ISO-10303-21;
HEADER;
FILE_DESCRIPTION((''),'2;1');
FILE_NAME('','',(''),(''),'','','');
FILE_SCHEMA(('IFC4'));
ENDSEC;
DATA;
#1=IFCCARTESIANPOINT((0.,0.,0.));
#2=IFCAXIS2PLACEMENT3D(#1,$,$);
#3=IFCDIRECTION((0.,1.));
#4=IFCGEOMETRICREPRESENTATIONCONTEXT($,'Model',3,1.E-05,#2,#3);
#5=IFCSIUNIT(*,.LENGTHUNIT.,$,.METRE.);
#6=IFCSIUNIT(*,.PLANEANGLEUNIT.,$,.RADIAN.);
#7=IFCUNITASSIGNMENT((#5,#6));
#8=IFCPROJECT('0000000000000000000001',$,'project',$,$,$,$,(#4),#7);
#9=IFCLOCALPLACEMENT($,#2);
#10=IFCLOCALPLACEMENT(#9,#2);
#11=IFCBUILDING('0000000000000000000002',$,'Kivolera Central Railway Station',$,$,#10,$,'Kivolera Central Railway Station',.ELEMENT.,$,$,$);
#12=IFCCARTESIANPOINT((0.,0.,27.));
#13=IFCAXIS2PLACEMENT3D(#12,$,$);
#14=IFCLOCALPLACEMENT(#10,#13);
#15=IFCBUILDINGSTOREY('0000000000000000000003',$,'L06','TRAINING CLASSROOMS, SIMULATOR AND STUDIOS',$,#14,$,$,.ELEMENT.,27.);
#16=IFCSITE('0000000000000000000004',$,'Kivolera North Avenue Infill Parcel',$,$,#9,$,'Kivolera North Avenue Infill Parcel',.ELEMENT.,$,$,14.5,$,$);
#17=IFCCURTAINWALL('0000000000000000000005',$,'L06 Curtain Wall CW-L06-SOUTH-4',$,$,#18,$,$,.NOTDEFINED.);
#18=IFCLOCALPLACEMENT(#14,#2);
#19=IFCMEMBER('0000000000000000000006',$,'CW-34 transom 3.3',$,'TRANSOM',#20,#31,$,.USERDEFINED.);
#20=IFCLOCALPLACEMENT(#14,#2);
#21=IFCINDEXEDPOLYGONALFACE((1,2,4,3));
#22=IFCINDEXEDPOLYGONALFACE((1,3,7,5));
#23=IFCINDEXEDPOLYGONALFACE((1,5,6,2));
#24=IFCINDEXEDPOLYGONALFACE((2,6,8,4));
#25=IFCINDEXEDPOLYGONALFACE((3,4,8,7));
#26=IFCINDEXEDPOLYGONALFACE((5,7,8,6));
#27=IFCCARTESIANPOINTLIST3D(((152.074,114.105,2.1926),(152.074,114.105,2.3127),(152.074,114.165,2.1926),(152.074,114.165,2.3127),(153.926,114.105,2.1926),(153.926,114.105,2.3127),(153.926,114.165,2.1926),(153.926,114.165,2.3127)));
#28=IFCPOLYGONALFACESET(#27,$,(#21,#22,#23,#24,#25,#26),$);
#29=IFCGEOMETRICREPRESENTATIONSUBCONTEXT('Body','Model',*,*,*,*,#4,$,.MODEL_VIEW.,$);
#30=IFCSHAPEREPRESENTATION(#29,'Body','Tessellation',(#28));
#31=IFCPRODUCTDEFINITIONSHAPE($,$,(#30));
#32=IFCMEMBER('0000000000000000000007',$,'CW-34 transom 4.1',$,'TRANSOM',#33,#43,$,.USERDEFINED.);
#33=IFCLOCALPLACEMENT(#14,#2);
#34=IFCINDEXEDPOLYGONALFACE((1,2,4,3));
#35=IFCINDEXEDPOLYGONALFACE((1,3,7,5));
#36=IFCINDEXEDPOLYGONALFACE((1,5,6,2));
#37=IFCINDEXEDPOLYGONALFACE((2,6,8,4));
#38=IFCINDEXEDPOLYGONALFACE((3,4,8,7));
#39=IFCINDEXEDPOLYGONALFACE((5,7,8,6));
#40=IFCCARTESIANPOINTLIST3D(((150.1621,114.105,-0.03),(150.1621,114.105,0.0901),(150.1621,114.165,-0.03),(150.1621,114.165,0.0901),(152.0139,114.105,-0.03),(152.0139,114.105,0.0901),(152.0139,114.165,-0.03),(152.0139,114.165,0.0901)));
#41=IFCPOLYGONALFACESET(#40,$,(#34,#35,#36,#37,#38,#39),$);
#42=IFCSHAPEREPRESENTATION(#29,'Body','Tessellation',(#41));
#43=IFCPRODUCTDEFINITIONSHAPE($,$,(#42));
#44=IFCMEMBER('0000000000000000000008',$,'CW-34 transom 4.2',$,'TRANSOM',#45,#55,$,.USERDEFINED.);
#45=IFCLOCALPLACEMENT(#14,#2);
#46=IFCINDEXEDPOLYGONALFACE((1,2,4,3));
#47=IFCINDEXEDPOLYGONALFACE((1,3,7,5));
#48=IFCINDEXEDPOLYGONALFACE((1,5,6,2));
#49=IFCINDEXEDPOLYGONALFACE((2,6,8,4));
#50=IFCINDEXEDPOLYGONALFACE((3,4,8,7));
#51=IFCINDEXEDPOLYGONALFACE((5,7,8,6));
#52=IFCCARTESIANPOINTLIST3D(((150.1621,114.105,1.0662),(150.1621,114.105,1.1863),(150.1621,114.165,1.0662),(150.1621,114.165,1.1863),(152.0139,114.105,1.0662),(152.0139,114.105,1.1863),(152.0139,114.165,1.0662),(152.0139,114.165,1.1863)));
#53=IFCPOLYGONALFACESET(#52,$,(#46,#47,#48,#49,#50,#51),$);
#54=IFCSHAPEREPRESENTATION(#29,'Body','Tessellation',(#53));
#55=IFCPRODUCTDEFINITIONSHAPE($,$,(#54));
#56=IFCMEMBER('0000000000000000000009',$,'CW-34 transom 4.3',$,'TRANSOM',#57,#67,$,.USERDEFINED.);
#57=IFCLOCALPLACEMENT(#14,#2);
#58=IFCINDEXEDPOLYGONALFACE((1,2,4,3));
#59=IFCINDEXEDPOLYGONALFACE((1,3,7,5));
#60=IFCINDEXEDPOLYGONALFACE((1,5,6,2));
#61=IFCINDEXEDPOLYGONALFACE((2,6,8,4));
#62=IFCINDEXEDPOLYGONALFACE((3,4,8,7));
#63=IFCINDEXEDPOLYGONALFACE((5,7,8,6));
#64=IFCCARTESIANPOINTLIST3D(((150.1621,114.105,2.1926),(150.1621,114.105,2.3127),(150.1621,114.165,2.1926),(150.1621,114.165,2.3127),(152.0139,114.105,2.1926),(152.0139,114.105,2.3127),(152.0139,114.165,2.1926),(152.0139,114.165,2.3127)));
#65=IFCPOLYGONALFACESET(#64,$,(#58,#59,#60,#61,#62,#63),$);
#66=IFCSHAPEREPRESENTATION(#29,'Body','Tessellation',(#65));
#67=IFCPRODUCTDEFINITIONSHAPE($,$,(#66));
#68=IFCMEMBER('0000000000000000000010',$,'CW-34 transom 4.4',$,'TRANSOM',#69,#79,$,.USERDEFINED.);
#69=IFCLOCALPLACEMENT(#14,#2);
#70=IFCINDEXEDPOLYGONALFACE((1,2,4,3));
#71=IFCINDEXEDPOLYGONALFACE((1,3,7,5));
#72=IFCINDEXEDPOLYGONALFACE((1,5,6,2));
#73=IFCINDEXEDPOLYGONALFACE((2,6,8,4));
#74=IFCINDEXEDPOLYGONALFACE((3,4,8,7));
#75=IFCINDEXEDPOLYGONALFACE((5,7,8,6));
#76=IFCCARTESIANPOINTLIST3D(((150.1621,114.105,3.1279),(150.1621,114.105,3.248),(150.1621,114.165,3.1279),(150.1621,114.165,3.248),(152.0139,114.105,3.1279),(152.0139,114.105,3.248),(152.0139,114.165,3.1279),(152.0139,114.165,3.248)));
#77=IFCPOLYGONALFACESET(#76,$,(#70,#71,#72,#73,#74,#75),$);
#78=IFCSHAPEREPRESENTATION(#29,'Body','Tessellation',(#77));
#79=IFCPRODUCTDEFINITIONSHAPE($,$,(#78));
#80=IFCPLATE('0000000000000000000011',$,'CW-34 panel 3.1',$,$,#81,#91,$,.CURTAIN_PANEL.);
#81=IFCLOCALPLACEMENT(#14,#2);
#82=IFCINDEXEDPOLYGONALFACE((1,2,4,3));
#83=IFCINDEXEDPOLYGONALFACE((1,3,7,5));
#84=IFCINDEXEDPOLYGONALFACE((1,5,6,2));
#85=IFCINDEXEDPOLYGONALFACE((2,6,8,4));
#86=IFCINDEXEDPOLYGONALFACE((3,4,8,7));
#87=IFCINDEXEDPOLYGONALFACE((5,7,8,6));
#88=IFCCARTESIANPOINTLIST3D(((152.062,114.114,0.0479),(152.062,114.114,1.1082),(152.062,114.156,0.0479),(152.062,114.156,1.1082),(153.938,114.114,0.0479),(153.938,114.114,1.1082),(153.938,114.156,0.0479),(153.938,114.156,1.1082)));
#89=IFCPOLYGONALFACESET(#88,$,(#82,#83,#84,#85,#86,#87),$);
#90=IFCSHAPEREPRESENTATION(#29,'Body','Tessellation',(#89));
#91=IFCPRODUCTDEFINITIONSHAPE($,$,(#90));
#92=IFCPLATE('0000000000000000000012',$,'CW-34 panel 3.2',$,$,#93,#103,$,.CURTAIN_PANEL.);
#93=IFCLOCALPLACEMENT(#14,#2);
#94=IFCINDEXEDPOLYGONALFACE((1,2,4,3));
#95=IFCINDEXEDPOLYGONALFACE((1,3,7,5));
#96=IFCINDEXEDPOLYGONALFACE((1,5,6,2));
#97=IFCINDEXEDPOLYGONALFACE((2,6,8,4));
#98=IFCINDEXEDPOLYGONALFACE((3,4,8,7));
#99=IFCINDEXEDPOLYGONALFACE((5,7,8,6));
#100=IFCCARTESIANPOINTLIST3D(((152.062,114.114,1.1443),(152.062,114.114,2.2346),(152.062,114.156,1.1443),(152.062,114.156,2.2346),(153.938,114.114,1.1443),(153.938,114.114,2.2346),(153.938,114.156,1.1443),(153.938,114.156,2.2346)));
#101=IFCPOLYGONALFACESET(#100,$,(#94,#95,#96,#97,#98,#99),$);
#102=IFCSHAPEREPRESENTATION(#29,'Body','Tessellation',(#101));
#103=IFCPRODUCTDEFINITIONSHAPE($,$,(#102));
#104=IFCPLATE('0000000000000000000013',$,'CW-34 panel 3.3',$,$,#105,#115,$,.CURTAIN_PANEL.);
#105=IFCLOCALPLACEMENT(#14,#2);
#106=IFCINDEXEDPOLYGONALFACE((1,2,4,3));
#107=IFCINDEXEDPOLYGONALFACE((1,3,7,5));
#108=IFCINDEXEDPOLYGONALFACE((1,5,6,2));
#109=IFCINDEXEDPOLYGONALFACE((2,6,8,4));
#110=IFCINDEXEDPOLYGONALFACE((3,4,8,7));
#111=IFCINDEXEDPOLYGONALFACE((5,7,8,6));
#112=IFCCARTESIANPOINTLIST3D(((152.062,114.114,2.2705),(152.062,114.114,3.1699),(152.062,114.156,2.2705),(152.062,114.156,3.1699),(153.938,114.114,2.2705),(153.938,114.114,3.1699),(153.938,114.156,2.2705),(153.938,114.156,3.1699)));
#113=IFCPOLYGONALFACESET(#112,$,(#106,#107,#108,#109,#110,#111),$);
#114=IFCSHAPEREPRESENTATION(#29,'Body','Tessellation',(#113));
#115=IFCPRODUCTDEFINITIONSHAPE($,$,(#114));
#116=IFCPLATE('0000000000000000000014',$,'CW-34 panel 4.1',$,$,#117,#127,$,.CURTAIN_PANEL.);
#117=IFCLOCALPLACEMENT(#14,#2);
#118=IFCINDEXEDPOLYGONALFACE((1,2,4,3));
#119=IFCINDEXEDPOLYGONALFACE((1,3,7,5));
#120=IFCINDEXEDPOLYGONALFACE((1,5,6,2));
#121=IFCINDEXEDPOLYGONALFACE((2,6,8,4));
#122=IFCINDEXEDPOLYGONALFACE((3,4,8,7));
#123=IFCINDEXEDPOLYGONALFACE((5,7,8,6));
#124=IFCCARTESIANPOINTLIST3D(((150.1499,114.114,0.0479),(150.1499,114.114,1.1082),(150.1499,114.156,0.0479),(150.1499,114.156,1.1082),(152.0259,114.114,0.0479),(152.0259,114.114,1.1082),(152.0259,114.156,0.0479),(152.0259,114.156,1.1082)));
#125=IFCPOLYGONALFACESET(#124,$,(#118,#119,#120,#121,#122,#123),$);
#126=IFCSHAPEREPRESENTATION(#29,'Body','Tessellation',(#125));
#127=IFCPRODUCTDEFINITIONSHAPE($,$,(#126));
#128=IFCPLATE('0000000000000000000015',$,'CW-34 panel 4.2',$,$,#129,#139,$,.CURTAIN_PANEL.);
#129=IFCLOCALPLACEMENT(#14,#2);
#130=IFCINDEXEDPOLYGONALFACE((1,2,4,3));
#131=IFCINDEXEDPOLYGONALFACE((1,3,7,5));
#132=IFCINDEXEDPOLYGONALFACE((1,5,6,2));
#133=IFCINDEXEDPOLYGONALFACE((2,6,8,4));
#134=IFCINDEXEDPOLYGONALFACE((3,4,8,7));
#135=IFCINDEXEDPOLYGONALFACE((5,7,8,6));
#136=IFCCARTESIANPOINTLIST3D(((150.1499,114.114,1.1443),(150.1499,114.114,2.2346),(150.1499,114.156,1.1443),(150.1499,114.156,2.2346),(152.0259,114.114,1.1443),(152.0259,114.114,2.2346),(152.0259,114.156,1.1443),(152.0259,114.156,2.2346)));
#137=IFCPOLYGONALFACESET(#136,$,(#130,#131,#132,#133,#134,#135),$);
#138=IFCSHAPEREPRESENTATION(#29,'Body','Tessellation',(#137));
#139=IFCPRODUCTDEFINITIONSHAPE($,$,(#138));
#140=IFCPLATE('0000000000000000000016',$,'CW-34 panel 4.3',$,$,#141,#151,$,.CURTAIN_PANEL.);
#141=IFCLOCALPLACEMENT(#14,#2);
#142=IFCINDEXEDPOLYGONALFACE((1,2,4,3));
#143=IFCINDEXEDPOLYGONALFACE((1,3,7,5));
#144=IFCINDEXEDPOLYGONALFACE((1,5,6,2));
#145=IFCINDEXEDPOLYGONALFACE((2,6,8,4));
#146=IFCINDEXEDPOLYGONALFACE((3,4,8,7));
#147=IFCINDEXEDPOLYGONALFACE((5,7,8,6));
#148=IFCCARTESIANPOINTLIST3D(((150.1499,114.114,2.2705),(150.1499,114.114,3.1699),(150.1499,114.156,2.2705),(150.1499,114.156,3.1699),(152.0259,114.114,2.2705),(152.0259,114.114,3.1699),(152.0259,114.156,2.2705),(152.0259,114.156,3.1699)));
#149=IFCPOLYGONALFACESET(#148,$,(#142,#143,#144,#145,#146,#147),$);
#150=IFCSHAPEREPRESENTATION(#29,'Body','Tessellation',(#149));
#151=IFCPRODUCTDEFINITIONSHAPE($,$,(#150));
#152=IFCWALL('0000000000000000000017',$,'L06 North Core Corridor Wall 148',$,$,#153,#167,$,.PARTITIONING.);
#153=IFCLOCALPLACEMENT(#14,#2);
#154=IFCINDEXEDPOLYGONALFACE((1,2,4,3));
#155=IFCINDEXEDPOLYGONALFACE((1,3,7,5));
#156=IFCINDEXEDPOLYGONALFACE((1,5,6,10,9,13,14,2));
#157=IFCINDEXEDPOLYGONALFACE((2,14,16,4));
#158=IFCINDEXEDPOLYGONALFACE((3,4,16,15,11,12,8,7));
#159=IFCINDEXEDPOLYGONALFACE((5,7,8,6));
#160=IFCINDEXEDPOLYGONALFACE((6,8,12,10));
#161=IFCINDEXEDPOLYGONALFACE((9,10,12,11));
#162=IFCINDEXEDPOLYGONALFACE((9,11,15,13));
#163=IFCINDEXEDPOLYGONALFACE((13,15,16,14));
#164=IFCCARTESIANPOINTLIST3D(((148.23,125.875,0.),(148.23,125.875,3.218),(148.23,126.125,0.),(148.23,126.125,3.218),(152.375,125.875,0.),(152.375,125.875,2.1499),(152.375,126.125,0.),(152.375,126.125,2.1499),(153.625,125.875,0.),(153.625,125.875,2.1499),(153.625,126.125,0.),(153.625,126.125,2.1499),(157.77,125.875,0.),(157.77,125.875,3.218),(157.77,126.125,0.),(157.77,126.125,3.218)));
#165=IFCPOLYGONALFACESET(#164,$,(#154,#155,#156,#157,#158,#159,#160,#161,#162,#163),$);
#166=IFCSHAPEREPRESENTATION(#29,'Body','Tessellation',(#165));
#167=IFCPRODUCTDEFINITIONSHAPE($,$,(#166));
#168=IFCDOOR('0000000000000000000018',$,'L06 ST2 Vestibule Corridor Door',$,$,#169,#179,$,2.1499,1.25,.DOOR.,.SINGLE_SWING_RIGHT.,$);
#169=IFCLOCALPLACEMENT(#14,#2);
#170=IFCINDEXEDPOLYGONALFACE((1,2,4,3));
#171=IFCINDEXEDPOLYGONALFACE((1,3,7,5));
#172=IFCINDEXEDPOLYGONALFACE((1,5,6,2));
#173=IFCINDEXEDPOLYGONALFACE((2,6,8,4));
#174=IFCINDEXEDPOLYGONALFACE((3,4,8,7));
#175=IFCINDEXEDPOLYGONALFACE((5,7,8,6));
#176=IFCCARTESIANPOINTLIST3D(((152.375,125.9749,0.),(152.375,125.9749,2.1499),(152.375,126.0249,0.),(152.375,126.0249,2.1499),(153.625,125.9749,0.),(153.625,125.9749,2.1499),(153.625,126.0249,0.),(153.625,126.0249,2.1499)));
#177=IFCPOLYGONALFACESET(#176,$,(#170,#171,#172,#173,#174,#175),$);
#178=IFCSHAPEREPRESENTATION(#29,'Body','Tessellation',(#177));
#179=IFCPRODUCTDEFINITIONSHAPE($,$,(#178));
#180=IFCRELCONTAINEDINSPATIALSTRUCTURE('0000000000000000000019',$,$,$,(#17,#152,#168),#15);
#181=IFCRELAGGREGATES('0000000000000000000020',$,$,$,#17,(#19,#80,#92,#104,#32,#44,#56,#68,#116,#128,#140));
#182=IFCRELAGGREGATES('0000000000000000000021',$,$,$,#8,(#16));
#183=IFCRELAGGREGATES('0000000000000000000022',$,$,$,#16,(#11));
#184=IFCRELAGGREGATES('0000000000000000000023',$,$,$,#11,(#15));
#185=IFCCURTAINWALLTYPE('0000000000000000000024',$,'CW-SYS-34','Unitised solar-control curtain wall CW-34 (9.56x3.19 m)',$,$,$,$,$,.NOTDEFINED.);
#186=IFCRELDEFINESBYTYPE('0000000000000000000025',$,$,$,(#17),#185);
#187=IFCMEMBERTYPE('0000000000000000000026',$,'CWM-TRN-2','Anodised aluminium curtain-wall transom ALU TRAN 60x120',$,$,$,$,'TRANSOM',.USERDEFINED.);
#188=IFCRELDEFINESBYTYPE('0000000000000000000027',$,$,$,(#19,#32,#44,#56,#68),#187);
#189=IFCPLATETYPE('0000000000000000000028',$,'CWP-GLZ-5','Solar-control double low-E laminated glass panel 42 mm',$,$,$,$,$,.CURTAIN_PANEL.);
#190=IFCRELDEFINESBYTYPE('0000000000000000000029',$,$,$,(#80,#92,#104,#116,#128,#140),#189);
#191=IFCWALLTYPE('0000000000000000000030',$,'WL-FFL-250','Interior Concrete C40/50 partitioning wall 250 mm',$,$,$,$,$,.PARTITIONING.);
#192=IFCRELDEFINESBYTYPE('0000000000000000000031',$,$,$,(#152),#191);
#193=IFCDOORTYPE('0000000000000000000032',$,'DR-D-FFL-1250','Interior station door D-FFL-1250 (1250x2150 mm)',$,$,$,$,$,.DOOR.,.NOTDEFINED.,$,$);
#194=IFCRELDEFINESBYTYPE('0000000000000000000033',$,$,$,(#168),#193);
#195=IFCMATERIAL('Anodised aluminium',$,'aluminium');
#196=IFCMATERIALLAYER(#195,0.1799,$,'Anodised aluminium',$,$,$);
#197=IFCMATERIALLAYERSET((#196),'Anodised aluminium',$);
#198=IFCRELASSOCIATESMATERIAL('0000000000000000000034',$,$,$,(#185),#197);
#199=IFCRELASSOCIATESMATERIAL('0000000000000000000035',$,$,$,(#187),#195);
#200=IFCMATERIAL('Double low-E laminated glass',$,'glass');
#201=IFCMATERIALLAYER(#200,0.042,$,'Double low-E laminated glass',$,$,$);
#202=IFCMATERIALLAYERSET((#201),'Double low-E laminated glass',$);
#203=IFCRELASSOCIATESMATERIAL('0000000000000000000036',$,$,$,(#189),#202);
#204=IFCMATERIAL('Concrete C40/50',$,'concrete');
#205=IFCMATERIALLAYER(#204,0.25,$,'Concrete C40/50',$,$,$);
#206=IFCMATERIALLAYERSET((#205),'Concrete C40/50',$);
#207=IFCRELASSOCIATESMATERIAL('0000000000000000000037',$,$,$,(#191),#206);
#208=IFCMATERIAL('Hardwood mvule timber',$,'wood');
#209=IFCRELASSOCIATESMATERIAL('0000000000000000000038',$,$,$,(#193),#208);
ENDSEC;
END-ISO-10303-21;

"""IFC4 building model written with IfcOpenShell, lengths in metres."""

from ifc_helpers import new_model, si_unit, direction, frame, frame_2d, origin, origin_2d, place, context, subcontext, project, spatial, rectangle, extrude, material, layer, layer_set, material_profile, profile_set, type_object, element, fill, aggregate, save


model = new_model("IFC4")

# Units and contexts
model_context = context("Model", 3, precision=1e-05, world=origin(), true_north=direction((0.0, 1.0)))
body_context = subcontext(model_context, "Body", "Model", "MODEL_VIEW")
ifc_project = project(units=[si_unit("LENGTHUNIT", "METRE"), si_unit("PLANEANGLEUNIT", "RADIAN")], contexts=[model_context])

# Site, building, storey
site_placement = place(None, origin())
site = spatial("IfcSite", under=ifc_project, at=site_placement, Name="Kivolera North Avenue Infill Parcel", LongName="Kivolera North Avenue Infill Parcel", CompositionType="ELEMENT", RefElevation=14.5)
building_placement = place(site_placement, origin())
building = spatial("IfcBuilding", under=site, at=building_placement, Name="Kivolera Central Railway Station", LongName="Kivolera Central Railway Station", CompositionType="ELEMENT")
storey_placement = place(building_placement, frame((0.0, 0.0, 27.0)))
storey = spatial("IfcBuildingStorey", under=building, at=storey_placement, Name="L06", Description="TRAINING CLASSROOMS, SIMULATOR AND STUDIOS", CompositionType="ELEMENT", Elevation=27.0)

# Shared definitions
ifc_material_1 = material(Name="Concrete C40/50", Category="concrete")

# Curtain wall, members, plates
ifc_material_2 = material(Name="Anodised aluminium", Category="aluminium")
ifc_layer_1 = layer(ifc_material_2, 0.1799, Name="Anodised aluminium")
ifc_layer_set_1 = layer_set([ifc_layer_1], Name="Anodised aluminium")
curtain_wall_type = type_object("IfcCurtainWallType", Name="CW-SYS-34", Description="Unitised solar-control curtain wall CW-34 (9.56x3.19 m)", PredefinedType="NOTDEFINED", material=ifc_layer_set_1)
curtain_wall_placement = place(storey_placement, origin())
curtain_wall = element("IfcCurtainWall", 1, at=curtain_wall_placement, inside=storey, type_object=curtain_wall_type, Name="L06 Curtain Wall CW-L06-SOUTH-4", PredefinedType="NOTDEFINED")
ifc_material_profile_1 = material_profile(ifc_material_2, rectangle(XDim=0.0601, YDim=0.1201, at=origin_2d()), Name="ALU TRAN 60x120")
ifc_profile_set_1 = profile_set([ifc_material_profile_1], Name="Anodised aluminium")
member_type_1 = type_object("IfcMemberType", Name="CWM-TRN-2", Description="Anodised aluminium curtain-wall transom ALU TRAN 60x120", ElementType="TRANSOM", PredefinedType="USERDEFINED", material=ifc_profile_set_1)
member_1_placement = place(storey_placement, frame((153.926, 114.135, 2.2527), z_axis=(-1.0, 0.0, 0.0), x_axis=(0.0, -1.0, 0.0)))
member_1 = element("IfcMember", 2, at=member_1_placement, type_object=member_type_1, Name="CW-34 transom 3.3", ObjectType="TRANSOM", PredefinedType="USERDEFINED", context=body_context, shape_type="SweptSolid", body=[
    extrude(rectangle(XDim=0.0601, YDim=0.1201, at=origin_2d()), origin(), (0.0, 0.0, 1.0), 1.8521),
])
member_2_placement = place(storey_placement, frame((152.0139, 114.135, 0.03), z_axis=(-1.0, 0.0, 0.0), x_axis=(0.0, -1.0, 0.0)))
member_2 = element("IfcMember", 3, at=member_2_placement, type_object=member_type_1, Name="CW-34 transom 4.1", ObjectType="TRANSOM", PredefinedType="USERDEFINED", context=body_context, shape_type="SweptSolid", body=[
    extrude(rectangle(XDim=0.0601, YDim=0.1201, at=origin_2d()), origin(), (0.0, 0.0, 1.0), 1.8518),
])
member_3_placement = place(storey_placement, frame((152.0139, 114.135, 1.1262), z_axis=(-1.0, 0.0, 0.0), x_axis=(0.0, -1.0, 0.0)))
member_3 = element("IfcMember", 4, at=member_3_placement, type_object=member_type_1, Name="CW-34 transom 4.2", ObjectType="TRANSOM", PredefinedType="USERDEFINED", context=body_context, shape_type="SweptSolid", body=[
    extrude(rectangle(XDim=0.0601, YDim=0.1201, at=origin_2d()), origin(), (0.0, 0.0, 1.0), 1.8518),
])
member_4_placement = place(storey_placement, frame((152.0139, 114.135, 2.2527), z_axis=(-1.0, 0.0, 0.0), x_axis=(0.0, -1.0, 0.0)))
member_4 = element("IfcMember", 5, at=member_4_placement, type_object=member_type_1, Name="CW-34 transom 4.3", ObjectType="TRANSOM", PredefinedType="USERDEFINED", context=body_context, shape_type="SweptSolid", body=[
    extrude(rectangle(XDim=0.0601, YDim=0.1201, at=origin_2d()), origin(), (0.0, 0.0, 1.0), 1.8518),
])
member_5_placement = place(storey_placement, frame((152.0139, 114.135, 3.188), z_axis=(-1.0, 0.0, 0.0), x_axis=(0.0, -1.0, 0.0)))
member_5 = element("IfcMember", 6, at=member_5_placement, type_object=member_type_1, Name="CW-34 transom 4.4", ObjectType="TRANSOM", PredefinedType="USERDEFINED", context=body_context, shape_type="SweptSolid", body=[
    extrude(rectangle(XDim=0.0601, YDim=0.1201, at=origin_2d()), origin(), (0.0, 0.0, 1.0), 1.8518),
])
ifc_material_3 = material(Name="Double low-E laminated glass", Category="glass")
ifc_layer_2 = layer(ifc_material_3, 0.042, Name="Double low-E laminated glass")
ifc_layer_set_2 = layer_set([ifc_layer_2], Name="Double low-E laminated glass")
plate_type = type_object("IfcPlateType", Name="CWP-GLZ-5", Description="Solar-control double low-E laminated glass panel 42 mm", PredefinedType="CURTAIN_PANEL", material=ifc_layer_set_2)
plate_1_placement = place(storey_placement, frame((153.0, 114.135, 0.0479), z_axis=(0.0, 0.0, 1.0), x_axis=(-1.0, 0.0, 0.0)))
plate_1 = element("IfcPlate", 7, at=plate_1_placement, type_object=plate_type, Name="CW-34 panel 3.1", PredefinedType="CURTAIN_PANEL", context=body_context, shape_type="SweptSolid", body=[
    extrude(rectangle(XDim=1.876, YDim=0.042, at=origin_2d()), origin(), (0.0, 0.0, 1.0), 1.0603),
])
plate_2_placement = place(storey_placement, frame((153.0, 114.135, 1.1443), z_axis=(0.0, 0.0, 1.0), x_axis=(-1.0, 0.0, 0.0)))
plate_2 = element("IfcPlate", 8, at=plate_2_placement, type_object=plate_type, Name="CW-34 panel 3.2", PredefinedType="CURTAIN_PANEL", context=body_context, shape_type="SweptSolid", body=[
    extrude(rectangle(XDim=1.876, YDim=0.042, at=origin_2d()), origin(), (0.0, 0.0, 1.0), 1.0903),
])
plate_3_placement = place(storey_placement, frame((153.0, 114.135, 2.2705), z_axis=(0.0, 0.0, 1.0), x_axis=(-1.0, 0.0, 0.0)))
plate_3 = element("IfcPlate", 9, at=plate_3_placement, type_object=plate_type, Name="CW-34 panel 3.3", PredefinedType="CURTAIN_PANEL", context=body_context, shape_type="SweptSolid", body=[
    extrude(rectangle(XDim=1.876, YDim=0.042, at=origin_2d()), origin(), (0.0, 0.0, 1.0), 0.8994),
])
plate_4_placement = place(storey_placement, frame((151.0879, 114.135, 0.0479), z_axis=(0.0, 0.0, 1.0), x_axis=(-1.0, 0.0, 0.0)))
plate_4 = element("IfcPlate", 10, at=plate_4_placement, type_object=plate_type, Name="CW-34 panel 4.1", PredefinedType="CURTAIN_PANEL", context=body_context, shape_type="SweptSolid", body=[
    extrude(rectangle(XDim=1.876, YDim=0.042, at=origin_2d()), origin(), (0.0, 0.0, 1.0), 1.0603),
])
plate_5_placement = place(storey_placement, frame((151.0879, 114.135, 1.1443), z_axis=(0.0, 0.0, 1.0), x_axis=(-1.0, 0.0, 0.0)))
plate_5 = element("IfcPlate", 11, at=plate_5_placement, type_object=plate_type, Name="CW-34 panel 4.2", PredefinedType="CURTAIN_PANEL", context=body_context, shape_type="SweptSolid", body=[
    extrude(rectangle(XDim=1.876, YDim=0.042, at=origin_2d()), origin(), (0.0, 0.0, 1.0), 1.0903),
])
plate_6_placement = place(storey_placement, frame((151.0879, 114.135, 2.2705), z_axis=(0.0, 0.0, 1.0), x_axis=(-1.0, 0.0, 0.0)))
plate_6 = element("IfcPlate", 12, at=plate_6_placement, type_object=plate_type, Name="CW-34 panel 4.3", PredefinedType="CURTAIN_PANEL", context=body_context, shape_type="SweptSolid", body=[
    extrude(rectangle(XDim=1.876, YDim=0.042, at=origin_2d()), origin(), (0.0, 0.0, 1.0), 0.8994),
])
aggregate(curtain_wall, [member_1, plate_1, plate_2, plate_3, member_2, member_3, member_4, member_5, plate_4, plate_5, plate_6])

# Wall, opening, door
ifc_layer_3 = layer(ifc_material_1, 0.25, Name="Concrete C40/50")
ifc_layer_set_3 = layer_set([ifc_layer_3], Name="Concrete C40/50")
wall_type_1 = type_object("IfcWallType", Name="WL-FFL-250", Description="Interior Concrete C40/50 partitioning wall 250 mm", PredefinedType="PARTITIONING", material=ifc_layer_set_3)
wall_1_placement = place(storey_placement, frame((148.23, 126.0, 0.0), z_axis=(0.0, 0.0, 1.0), x_axis=(1.0, 0.0, 0.0)))
wall_1 = element("IfcWall", 13, at=wall_1_placement, inside=storey, type_object=wall_type_1, Name="L06 North Core Corridor Wall 148", PredefinedType="PARTITIONING", context=body_context, shape_type="SweptSolid", body=[
    extrude(rectangle(XDim=9.54, YDim=0.25, at=frame_2d((4.77, 0.0))), origin(), (0.0, 0.0, 1.0), 3.218),
])
opening_placement = place(wall_1_placement, frame((4.145, 0.0, 0.0)))
opening = element("IfcOpeningElement", 14, at=opening_placement, cuts=wall_1, PredefinedType="OPENING", context=body_context, shape_type="SweptSolid", body=[
    extrude(rectangle(XDim=1.25, YDim=2.1499, at=frame_2d((0.625, 1.075))), frame((0.0, 0.135, 0.0), z_axis=(0.0, -1.0, 0.0), x_axis=(1.0, 0.0, 0.0)), (0.0, 0.0, 1.0), 0.27),
])
ifc_material_4 = material(Name="Hardwood mvule timber", Category="wood")
door_type = type_object("IfcDoorType", Name="DR-D-FFL-1250", Description="Interior station door D-FFL-1250 (1250x2150 mm)", OperationType="NOTDEFINED", PredefinedType="DOOR", material=ifc_material_4)
door_placement = place(opening_placement, origin())
door = element("IfcDoor", 15, at=door_placement, inside=storey, type_object=door_type, Name="L06 ST2 Vestibule Corridor Door", OperationType="SINGLE_SWING_RIGHT", OverallHeight=2.1499, OverallWidth=1.25, PredefinedType="DOOR", context=body_context, shape_type="SweptSolid", body=[
    extrude(rectangle(XDim=1.25, YDim=2.1499, at=frame_2d((0.625, 1.075))), frame((0.0, 0.0249, 0.0), z_axis=(0.0, -1.0, 0.0), x_axis=(1.0, 0.0, 0.0)), (0.0, 0.0, 1.0), 0.05),
])
fill(opening, door)

save(model, "model.ifc")
